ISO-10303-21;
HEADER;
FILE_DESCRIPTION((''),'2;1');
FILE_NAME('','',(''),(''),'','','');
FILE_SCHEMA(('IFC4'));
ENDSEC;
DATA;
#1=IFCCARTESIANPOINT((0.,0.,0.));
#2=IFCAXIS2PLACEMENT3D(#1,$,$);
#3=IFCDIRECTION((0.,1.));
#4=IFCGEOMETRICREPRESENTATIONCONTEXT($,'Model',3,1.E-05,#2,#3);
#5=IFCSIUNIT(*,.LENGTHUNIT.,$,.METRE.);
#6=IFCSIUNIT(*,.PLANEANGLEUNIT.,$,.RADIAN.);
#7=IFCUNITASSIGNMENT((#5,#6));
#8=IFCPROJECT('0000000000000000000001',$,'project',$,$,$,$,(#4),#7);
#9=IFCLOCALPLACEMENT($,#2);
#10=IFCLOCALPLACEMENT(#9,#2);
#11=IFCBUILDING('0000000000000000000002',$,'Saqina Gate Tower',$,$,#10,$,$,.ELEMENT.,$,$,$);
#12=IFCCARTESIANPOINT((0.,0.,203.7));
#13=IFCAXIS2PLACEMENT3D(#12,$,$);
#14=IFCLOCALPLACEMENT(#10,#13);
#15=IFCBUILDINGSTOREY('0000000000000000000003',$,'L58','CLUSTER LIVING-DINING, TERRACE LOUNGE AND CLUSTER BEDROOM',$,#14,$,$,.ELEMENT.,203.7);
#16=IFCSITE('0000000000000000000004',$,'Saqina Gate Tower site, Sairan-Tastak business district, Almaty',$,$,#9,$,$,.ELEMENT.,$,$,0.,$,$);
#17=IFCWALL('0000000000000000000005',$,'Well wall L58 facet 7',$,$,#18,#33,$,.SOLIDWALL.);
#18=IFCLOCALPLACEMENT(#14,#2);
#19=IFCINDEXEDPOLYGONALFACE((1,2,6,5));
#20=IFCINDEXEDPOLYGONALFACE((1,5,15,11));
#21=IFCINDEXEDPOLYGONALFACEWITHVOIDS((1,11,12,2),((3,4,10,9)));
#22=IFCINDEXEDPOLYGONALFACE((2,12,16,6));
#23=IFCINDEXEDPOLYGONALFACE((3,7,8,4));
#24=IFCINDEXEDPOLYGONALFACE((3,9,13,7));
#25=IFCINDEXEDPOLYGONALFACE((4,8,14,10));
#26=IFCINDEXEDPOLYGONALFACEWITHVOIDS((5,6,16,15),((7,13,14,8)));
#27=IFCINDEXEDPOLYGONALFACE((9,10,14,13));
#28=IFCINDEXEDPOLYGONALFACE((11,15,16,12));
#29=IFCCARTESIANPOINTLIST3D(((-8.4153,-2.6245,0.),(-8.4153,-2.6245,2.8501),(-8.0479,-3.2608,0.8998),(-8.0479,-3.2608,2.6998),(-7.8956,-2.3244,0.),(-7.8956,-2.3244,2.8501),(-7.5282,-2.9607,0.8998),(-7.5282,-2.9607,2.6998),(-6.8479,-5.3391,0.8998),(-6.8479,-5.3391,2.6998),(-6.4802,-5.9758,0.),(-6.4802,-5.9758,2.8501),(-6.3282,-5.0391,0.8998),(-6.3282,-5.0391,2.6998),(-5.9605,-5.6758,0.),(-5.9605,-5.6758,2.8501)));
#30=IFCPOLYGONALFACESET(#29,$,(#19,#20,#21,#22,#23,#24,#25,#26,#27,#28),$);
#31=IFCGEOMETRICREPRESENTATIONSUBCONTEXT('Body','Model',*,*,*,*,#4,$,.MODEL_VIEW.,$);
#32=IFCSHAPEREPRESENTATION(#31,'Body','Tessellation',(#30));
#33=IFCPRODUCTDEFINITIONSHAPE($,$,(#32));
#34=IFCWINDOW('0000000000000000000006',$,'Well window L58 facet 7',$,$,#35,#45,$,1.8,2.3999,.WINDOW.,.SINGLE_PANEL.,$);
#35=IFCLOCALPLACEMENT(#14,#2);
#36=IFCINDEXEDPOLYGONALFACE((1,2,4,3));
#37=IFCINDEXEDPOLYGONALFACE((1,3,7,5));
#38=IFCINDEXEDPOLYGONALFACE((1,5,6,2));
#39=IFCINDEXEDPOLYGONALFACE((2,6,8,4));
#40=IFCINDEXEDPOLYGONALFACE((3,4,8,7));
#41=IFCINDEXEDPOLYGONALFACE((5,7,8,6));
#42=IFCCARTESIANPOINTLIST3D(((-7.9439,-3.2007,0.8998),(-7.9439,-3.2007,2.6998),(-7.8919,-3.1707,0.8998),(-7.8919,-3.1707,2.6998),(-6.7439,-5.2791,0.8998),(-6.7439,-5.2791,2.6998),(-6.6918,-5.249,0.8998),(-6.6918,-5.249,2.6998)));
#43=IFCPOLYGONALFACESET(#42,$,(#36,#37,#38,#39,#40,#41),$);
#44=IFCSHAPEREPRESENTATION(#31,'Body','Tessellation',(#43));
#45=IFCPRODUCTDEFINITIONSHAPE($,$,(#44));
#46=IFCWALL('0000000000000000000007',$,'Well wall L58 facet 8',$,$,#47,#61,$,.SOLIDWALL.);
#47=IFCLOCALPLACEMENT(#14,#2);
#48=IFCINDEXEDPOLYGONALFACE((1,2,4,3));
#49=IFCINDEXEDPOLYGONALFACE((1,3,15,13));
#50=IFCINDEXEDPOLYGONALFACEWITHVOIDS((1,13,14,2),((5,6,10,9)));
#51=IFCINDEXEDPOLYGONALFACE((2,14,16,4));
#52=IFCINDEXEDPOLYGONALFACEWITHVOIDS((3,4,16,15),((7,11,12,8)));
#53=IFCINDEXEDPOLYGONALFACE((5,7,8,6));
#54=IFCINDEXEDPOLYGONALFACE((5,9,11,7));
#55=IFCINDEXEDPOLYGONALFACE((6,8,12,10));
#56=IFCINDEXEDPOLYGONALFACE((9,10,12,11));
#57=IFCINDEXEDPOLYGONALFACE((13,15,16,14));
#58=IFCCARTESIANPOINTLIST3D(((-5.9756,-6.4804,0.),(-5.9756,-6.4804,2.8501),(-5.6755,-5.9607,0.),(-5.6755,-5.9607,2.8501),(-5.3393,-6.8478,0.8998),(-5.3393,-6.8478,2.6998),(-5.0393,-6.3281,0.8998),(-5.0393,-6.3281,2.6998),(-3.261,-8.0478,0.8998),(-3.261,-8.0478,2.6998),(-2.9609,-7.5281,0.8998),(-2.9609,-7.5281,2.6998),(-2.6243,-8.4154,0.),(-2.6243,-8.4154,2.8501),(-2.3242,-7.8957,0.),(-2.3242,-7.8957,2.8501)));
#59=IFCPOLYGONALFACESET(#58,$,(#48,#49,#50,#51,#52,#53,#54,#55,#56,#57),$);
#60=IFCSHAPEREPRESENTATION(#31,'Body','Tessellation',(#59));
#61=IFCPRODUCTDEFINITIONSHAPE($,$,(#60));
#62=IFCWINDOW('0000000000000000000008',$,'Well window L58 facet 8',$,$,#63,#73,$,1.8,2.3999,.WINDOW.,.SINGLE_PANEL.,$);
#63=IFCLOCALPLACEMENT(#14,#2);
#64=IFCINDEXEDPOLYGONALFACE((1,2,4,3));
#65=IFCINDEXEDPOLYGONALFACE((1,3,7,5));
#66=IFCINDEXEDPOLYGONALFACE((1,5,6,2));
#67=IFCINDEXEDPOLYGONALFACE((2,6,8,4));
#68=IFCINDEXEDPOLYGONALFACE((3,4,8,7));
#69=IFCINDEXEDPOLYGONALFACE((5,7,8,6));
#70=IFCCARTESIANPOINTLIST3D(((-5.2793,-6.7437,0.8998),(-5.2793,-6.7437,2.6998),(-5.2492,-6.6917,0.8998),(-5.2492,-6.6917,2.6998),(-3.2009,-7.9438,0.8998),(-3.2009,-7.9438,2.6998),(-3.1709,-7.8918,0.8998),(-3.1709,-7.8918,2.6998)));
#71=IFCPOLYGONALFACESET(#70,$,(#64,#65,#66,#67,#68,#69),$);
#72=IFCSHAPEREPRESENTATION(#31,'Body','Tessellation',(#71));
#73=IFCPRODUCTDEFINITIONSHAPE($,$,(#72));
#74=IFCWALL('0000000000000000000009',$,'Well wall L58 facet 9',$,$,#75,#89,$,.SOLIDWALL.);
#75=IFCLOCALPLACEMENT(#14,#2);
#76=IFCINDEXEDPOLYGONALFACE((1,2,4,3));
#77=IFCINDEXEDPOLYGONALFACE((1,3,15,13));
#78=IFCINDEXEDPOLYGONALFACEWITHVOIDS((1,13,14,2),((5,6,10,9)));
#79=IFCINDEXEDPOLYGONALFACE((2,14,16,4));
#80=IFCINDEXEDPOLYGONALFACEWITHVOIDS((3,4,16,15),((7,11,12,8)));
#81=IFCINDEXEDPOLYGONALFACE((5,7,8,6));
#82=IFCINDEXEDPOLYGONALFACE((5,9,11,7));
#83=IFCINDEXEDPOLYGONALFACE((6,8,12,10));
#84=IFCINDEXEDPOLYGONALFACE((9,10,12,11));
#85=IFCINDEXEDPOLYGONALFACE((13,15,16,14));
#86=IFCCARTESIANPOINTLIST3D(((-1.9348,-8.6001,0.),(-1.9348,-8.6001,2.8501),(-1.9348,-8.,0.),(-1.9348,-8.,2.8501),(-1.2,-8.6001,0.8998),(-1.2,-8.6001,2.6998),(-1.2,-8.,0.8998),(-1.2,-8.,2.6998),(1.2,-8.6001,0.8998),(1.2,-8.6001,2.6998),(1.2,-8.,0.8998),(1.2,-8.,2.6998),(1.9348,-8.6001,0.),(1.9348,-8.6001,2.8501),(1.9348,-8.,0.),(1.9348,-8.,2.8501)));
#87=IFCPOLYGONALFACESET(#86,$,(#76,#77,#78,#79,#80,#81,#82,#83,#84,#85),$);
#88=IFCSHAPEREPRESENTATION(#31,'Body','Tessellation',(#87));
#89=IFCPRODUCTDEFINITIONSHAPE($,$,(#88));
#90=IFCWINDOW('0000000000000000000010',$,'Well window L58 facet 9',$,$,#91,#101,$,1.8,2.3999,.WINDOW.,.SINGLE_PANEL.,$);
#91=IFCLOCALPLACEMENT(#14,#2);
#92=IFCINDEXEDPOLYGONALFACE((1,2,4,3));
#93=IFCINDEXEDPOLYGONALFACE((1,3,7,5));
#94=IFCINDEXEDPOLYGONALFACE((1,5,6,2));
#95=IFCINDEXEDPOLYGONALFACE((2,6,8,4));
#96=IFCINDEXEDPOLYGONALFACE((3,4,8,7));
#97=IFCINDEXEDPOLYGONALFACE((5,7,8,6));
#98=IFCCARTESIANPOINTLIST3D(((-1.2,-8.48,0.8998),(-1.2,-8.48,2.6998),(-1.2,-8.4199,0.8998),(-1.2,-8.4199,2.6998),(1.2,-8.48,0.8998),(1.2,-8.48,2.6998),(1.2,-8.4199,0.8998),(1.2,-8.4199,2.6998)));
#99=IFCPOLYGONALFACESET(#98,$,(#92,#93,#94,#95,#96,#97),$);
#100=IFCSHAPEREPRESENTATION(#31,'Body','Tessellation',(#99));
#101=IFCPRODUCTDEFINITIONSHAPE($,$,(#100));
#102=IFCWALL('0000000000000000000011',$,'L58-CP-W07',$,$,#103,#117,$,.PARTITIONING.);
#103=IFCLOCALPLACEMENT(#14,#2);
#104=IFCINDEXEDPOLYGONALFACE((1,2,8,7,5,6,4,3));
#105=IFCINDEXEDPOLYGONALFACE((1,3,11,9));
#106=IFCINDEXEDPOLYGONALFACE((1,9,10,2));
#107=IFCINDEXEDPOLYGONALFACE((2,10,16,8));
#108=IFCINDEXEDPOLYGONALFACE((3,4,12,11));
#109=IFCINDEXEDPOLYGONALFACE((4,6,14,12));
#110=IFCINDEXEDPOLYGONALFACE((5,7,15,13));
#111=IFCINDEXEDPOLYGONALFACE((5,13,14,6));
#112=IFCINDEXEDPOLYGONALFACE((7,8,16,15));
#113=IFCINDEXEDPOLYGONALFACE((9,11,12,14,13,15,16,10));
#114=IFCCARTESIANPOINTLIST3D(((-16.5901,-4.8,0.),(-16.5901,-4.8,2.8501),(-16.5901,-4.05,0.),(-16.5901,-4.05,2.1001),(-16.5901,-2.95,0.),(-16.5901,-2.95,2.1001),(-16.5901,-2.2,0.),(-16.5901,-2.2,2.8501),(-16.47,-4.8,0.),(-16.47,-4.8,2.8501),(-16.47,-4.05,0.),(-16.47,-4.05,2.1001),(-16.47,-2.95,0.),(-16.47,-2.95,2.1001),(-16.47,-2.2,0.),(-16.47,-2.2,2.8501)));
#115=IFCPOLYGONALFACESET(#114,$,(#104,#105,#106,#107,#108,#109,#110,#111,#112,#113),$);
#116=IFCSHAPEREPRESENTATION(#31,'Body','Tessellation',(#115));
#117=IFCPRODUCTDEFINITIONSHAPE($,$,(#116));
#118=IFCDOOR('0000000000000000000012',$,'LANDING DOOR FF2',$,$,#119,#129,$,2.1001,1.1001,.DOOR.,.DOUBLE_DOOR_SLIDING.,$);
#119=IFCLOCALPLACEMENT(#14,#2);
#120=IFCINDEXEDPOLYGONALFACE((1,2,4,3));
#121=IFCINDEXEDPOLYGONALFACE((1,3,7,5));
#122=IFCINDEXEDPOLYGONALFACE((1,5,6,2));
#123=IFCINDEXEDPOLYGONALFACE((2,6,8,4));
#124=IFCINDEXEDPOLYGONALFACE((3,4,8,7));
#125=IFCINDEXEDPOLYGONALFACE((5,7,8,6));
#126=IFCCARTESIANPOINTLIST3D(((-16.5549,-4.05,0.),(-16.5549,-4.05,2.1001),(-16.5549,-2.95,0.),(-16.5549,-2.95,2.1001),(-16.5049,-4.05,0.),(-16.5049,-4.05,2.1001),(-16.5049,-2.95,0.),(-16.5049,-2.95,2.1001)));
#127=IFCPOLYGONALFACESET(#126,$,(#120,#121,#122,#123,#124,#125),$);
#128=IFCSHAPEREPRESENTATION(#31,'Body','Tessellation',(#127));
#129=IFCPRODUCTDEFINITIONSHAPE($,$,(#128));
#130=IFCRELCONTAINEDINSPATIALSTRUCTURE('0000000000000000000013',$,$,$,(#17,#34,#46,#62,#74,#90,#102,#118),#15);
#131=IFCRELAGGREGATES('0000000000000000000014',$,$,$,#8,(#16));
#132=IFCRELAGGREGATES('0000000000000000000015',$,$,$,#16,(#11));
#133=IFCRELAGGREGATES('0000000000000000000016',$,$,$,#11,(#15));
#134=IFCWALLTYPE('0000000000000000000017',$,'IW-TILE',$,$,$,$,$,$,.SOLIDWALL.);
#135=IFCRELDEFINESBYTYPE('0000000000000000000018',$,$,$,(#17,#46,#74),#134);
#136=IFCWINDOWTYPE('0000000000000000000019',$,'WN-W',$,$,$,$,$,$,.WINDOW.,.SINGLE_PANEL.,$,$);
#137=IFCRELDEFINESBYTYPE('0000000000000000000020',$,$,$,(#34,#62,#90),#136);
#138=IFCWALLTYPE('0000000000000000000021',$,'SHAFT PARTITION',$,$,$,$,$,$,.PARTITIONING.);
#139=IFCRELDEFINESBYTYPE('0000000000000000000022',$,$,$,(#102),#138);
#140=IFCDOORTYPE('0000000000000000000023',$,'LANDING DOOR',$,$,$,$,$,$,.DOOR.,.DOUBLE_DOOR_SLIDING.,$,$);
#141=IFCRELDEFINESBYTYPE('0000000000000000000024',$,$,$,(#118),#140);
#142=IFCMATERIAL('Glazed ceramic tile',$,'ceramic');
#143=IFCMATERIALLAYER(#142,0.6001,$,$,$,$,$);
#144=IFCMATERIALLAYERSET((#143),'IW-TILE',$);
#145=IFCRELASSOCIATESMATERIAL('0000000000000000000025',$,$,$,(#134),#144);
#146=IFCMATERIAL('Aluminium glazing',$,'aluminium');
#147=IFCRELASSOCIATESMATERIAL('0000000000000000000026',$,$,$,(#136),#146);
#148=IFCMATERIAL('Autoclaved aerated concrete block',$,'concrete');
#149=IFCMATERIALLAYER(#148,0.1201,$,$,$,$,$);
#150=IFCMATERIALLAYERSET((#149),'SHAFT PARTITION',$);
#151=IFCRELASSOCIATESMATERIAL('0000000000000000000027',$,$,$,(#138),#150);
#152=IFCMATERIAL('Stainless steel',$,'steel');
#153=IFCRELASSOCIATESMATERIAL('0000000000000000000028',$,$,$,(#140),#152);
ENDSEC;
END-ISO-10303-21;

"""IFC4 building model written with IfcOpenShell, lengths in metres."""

from ifc_helpers import new_model, si_unit, direction, frame, frame_2d, origin, place, context, subcontext, project, spatial, rectangle, extrude, material, layer, layer_set, type_object, element, fill, save


model = new_model("IFC4")

# Units and contexts
model_context = context("Model", 3, precision=1e-05, world=origin(), true_north=direction((0.0, 1.0)))
body_context = subcontext(model_context, "Body", "Model", "MODEL_VIEW")
ifc_project = project(units=[si_unit("LENGTHUNIT", "METRE"), si_unit("PLANEANGLEUNIT", "RADIAN")], contexts=[model_context])

# Site, building, storey
site_placement = place(None, origin())
site = spatial("IfcSite", under=ifc_project, at=site_placement, Name="Saqina Gate Tower site, Sairan-Tastak business district, Almaty", CompositionType="ELEMENT", RefElevation=0.0)
building_placement = place(site_placement, origin())
building = spatial("IfcBuilding", under=site, at=building_placement, Name="Saqina Gate Tower", CompositionType="ELEMENT")
storey_placement = place(building_placement, frame((0.0, 0.0, 203.7)))
storey = spatial("IfcBuildingStorey", under=building, at=storey_placement, Name="L58", Description="CLUSTER LIVING-DINING, TERRACE LOUNGE AND CLUSTER BEDROOM", CompositionType="ELEMENT", Elevation=203.7)

# Walls, openings, windows
ifc_material_1 = material(Name="Glazed ceramic tile", Category="ceramic")
ifc_layer_1 = layer(ifc_material_1, 0.6001)
ifc_layer_set_1 = layer_set([ifc_layer_1], Name="IW-TILE")
wall_type_1 = type_object("IfcWallType", Name="IW-TILE", PredefinedType="SOLIDWALL", material=ifc_layer_set_1)
wall_1_placement = place(storey_placement, frame((-8.1555, -2.4744, 0.0), z_axis=(0.0, 0.0, 1.0), x_axis=(0.500034, -0.866006, 0.0)))
wall_1 = element("IfcWall", 1, at=wall_1_placement, inside=storey, type_object=wall_type_1, Name="Well wall L58 facet 7", PredefinedType="SOLIDWALL", context=body_context, shape_type="SweptSolid", body=[
    extrude(rectangle(XDim=3.8699, YDim=0.6001, at=frame_2d((1.9351, 0.0))), origin(), (0.0, 0.0, 1.0), 2.8501),
])
opening_1_placement = place(wall_1_placement, frame((0.7349, 0.0, 0.8999)))
opening_1 = element("IfcOpeningElement", 2, at=opening_1_placement, cuts=wall_1, PredefinedType="OPENING", context=body_context, shape_type="SweptSolid", body=[
    extrude(rectangle(XDim=2.3999, YDim=1.8, at=frame_2d((1.2, 0.8999))), frame((0.0, 0.312, 0.0), z_axis=(0.0, -1.0, 0.0), x_axis=(1.0, 0.0, 0.0)), (0.0, 0.0, 1.0), 0.624),
])
ifc_material_2 = material(Name="Aluminium glazing", Category="aluminium")
window_type = type_object("IfcWindowType", Name="WN-W", PartitioningType="SINGLE_PANEL", PredefinedType="WINDOW", material=ifc_material_2)
window_1_placement = place(opening_1_placement, origin())
window_1 = element("IfcWindow", 3, at=window_1_placement, inside=storey, type_object=window_type, Name="Well window L58 facet 7", OverallHeight=1.8, OverallWidth=2.3999, PartitioningType="SINGLE_PANEL", PredefinedType="WINDOW", context=body_context, shape_type="SweptSolid", body=[
    extrude(rectangle(XDim=2.3999, YDim=1.8, at=frame_2d((1.2, 0.8999))), frame((0.0, -0.1199, 0.0), z_axis=(0.0, -1.0, 0.0), x_axis=(1.0, 0.0, 0.0)), (0.0, 0.0, 1.0), 0.0601),
])
fill(opening_1, window_1)
wall_2_placement = place(storey_placement, frame((-5.8257, -6.2205, 0.0), z_axis=(0.0, 0.0, 1.0), x_axis=(0.866006, -0.500034, 0.0)))
wall_2 = element("IfcWall", 4, at=wall_2_placement, inside=storey, type_object=wall_type_1, Name="Well wall L58 facet 8", PredefinedType="SOLIDWALL", context=body_context, shape_type="SweptSolid", body=[
    extrude(rectangle(XDim=3.8699, YDim=0.6001, at=frame_2d((1.9351, 0.0))), origin(), (0.0, 0.0, 1.0), 2.8501),
])
opening_2_placement = place(wall_2_placement, frame((0.7349, 0.0, 0.8999)))
opening_2 = element("IfcOpeningElement", 5, at=opening_2_placement, cuts=wall_2, PredefinedType="OPENING", context=body_context, shape_type="SweptSolid", body=[
    extrude(rectangle(XDim=2.3999, YDim=1.8, at=frame_2d((1.2, 0.8999))), frame((0.0, 0.312, 0.0), z_axis=(0.0, -1.0, 0.0), x_axis=(1.0, 0.0, 0.0)), (0.0, 0.0, 1.0), 0.624),
])
window_2_placement = place(opening_2_placement, origin())
window_2 = element("IfcWindow", 6, at=window_2_placement, inside=storey, type_object=window_type, Name="Well window L58 facet 8", OverallHeight=1.8, OverallWidth=2.3999, PartitioningType="SINGLE_PANEL", PredefinedType="WINDOW", context=body_context, shape_type="SweptSolid", body=[
    extrude(rectangle(XDim=2.3999, YDim=1.8, at=frame_2d((1.2, 0.8999))), frame((0.0, -0.1199, 0.0), z_axis=(0.0, -1.0, 0.0), x_axis=(1.0, 0.0, 0.0)), (0.0, 0.0, 1.0), 0.0601),
])
fill(opening_2, window_2)
wall_3_placement = place(storey_placement, frame((-1.9348, -8.3, 0.0), z_axis=(0.0, 0.0, 1.0), x_axis=(1.0, 0.0, 0.0)))
wall_3 = element("IfcWall", 7, at=wall_3_placement, inside=storey, type_object=wall_type_1, Name="Well wall L58 facet 9", PredefinedType="SOLIDWALL", context=body_context, shape_type="SweptSolid", body=[
    extrude(rectangle(XDim=3.8696, YDim=0.6001, at=frame_2d((1.9348, 0.0))), origin(), (0.0, 0.0, 1.0), 2.8501),
])
opening_3_placement = place(wall_3_placement, frame((0.7349, 0.0, 0.8999)))
opening_3 = element("IfcOpeningElement", 8, at=opening_3_placement, cuts=wall_3, PredefinedType="OPENING", context=body_context, shape_type="SweptSolid", body=[
    extrude(rectangle(XDim=2.3999, YDim=1.8, at=frame_2d((1.2, 0.8999))), frame((0.0, 0.312, 0.0), z_axis=(0.0, -1.0, 0.0), x_axis=(1.0, 0.0, 0.0)), (0.0, 0.0, 1.0), 0.624),
])
window_3_placement = place(opening_3_placement, origin())
window_3 = element("IfcWindow", 9, at=window_3_placement, inside=storey, type_object=window_type, Name="Well window L58 facet 9", OverallHeight=1.8, OverallWidth=2.3999, PartitioningType="SINGLE_PANEL", PredefinedType="WINDOW", context=body_context, shape_type="SweptSolid", body=[
    extrude(rectangle(XDim=2.3999, YDim=1.8, at=frame_2d((1.2, 0.8999))), frame((0.0, -0.1199, 0.0), z_axis=(0.0, -1.0, 0.0), x_axis=(1.0, 0.0, 0.0)), (0.0, 0.0, 1.0), 0.0601),
])
fill(opening_3, window_3)

# Wall, opening, door
ifc_material_3 = material(Name="Autoclaved aerated concrete block", Category="concrete")
ifc_layer_2 = layer(ifc_material_3, 0.1201)
ifc_layer_set_2 = layer_set([ifc_layer_2], Name="SHAFT PARTITION")
wall_type_2 = type_object("IfcWallType", Name="SHAFT PARTITION", PredefinedType="PARTITIONING", material=ifc_layer_set_2)
wall_4_placement = place(storey_placement, frame((-16.53, -4.8, 0.0), z_axis=(0.0, 0.0, 1.0), x_axis=(0.0, 1.0, 0.0)))
wall_4 = element("IfcWall", 10, at=wall_4_placement, inside=storey, type_object=wall_type_2, Name="L58-CP-W07", PredefinedType="PARTITIONING", context=body_context, shape_type="SweptSolid", body=[
    extrude(rectangle(XDim=2.6001, YDim=0.1201, at=frame_2d((1.3, 0.0))), origin(), (0.0, 0.0, 1.0), 2.8501),
])
opening_4_placement = place(wall_4_placement, frame((0.75, 0.0, 0.0)))
opening_4 = element("IfcOpeningElement", 11, at=opening_4_placement, cuts=wall_4, PredefinedType="OPENING", context=body_context, shape_type="SweptSolid", body=[
    extrude(rectangle(XDim=1.1001, YDim=2.1001, at=frame_2d((0.55, 1.05))), frame((0.0, 0.072, 0.0), z_axis=(0.0, -1.0, 0.0), x_axis=(1.0, 0.0, 0.0)), (0.0, 0.0, 1.0), 0.144),
])
ifc_material_4 = material(Name="Stainless steel", Category="steel")
door_type_1 = type_object("IfcDoorType", Name="LANDING DOOR", OperationType="DOUBLE_DOOR_SLIDING", PredefinedType="DOOR", material=ifc_material_4)
door_1_placement = place(opening_4_placement, origin())
door_1 = element("IfcDoor", 12, at=door_1_placement, inside=storey, type_object=door_type_1, Name="LANDING DOOR FF2", OperationType="DOUBLE_DOOR_SLIDING", OverallHeight=2.1001, OverallWidth=1.1001, PredefinedType="DOOR", context=body_context, shape_type="SweptSolid", body=[
    extrude(rectangle(XDim=1.1001, YDim=2.1001, at=frame_2d((0.55, 1.05))), frame((0.0, 0.0249, 0.0), z_axis=(0.0, -1.0, 0.0), x_axis=(1.0, 0.0, 0.0)), (0.0, 0.0, 1.0), 0.05),
])
fill(opening_4, door_1)

save(model, "model.ifc")
